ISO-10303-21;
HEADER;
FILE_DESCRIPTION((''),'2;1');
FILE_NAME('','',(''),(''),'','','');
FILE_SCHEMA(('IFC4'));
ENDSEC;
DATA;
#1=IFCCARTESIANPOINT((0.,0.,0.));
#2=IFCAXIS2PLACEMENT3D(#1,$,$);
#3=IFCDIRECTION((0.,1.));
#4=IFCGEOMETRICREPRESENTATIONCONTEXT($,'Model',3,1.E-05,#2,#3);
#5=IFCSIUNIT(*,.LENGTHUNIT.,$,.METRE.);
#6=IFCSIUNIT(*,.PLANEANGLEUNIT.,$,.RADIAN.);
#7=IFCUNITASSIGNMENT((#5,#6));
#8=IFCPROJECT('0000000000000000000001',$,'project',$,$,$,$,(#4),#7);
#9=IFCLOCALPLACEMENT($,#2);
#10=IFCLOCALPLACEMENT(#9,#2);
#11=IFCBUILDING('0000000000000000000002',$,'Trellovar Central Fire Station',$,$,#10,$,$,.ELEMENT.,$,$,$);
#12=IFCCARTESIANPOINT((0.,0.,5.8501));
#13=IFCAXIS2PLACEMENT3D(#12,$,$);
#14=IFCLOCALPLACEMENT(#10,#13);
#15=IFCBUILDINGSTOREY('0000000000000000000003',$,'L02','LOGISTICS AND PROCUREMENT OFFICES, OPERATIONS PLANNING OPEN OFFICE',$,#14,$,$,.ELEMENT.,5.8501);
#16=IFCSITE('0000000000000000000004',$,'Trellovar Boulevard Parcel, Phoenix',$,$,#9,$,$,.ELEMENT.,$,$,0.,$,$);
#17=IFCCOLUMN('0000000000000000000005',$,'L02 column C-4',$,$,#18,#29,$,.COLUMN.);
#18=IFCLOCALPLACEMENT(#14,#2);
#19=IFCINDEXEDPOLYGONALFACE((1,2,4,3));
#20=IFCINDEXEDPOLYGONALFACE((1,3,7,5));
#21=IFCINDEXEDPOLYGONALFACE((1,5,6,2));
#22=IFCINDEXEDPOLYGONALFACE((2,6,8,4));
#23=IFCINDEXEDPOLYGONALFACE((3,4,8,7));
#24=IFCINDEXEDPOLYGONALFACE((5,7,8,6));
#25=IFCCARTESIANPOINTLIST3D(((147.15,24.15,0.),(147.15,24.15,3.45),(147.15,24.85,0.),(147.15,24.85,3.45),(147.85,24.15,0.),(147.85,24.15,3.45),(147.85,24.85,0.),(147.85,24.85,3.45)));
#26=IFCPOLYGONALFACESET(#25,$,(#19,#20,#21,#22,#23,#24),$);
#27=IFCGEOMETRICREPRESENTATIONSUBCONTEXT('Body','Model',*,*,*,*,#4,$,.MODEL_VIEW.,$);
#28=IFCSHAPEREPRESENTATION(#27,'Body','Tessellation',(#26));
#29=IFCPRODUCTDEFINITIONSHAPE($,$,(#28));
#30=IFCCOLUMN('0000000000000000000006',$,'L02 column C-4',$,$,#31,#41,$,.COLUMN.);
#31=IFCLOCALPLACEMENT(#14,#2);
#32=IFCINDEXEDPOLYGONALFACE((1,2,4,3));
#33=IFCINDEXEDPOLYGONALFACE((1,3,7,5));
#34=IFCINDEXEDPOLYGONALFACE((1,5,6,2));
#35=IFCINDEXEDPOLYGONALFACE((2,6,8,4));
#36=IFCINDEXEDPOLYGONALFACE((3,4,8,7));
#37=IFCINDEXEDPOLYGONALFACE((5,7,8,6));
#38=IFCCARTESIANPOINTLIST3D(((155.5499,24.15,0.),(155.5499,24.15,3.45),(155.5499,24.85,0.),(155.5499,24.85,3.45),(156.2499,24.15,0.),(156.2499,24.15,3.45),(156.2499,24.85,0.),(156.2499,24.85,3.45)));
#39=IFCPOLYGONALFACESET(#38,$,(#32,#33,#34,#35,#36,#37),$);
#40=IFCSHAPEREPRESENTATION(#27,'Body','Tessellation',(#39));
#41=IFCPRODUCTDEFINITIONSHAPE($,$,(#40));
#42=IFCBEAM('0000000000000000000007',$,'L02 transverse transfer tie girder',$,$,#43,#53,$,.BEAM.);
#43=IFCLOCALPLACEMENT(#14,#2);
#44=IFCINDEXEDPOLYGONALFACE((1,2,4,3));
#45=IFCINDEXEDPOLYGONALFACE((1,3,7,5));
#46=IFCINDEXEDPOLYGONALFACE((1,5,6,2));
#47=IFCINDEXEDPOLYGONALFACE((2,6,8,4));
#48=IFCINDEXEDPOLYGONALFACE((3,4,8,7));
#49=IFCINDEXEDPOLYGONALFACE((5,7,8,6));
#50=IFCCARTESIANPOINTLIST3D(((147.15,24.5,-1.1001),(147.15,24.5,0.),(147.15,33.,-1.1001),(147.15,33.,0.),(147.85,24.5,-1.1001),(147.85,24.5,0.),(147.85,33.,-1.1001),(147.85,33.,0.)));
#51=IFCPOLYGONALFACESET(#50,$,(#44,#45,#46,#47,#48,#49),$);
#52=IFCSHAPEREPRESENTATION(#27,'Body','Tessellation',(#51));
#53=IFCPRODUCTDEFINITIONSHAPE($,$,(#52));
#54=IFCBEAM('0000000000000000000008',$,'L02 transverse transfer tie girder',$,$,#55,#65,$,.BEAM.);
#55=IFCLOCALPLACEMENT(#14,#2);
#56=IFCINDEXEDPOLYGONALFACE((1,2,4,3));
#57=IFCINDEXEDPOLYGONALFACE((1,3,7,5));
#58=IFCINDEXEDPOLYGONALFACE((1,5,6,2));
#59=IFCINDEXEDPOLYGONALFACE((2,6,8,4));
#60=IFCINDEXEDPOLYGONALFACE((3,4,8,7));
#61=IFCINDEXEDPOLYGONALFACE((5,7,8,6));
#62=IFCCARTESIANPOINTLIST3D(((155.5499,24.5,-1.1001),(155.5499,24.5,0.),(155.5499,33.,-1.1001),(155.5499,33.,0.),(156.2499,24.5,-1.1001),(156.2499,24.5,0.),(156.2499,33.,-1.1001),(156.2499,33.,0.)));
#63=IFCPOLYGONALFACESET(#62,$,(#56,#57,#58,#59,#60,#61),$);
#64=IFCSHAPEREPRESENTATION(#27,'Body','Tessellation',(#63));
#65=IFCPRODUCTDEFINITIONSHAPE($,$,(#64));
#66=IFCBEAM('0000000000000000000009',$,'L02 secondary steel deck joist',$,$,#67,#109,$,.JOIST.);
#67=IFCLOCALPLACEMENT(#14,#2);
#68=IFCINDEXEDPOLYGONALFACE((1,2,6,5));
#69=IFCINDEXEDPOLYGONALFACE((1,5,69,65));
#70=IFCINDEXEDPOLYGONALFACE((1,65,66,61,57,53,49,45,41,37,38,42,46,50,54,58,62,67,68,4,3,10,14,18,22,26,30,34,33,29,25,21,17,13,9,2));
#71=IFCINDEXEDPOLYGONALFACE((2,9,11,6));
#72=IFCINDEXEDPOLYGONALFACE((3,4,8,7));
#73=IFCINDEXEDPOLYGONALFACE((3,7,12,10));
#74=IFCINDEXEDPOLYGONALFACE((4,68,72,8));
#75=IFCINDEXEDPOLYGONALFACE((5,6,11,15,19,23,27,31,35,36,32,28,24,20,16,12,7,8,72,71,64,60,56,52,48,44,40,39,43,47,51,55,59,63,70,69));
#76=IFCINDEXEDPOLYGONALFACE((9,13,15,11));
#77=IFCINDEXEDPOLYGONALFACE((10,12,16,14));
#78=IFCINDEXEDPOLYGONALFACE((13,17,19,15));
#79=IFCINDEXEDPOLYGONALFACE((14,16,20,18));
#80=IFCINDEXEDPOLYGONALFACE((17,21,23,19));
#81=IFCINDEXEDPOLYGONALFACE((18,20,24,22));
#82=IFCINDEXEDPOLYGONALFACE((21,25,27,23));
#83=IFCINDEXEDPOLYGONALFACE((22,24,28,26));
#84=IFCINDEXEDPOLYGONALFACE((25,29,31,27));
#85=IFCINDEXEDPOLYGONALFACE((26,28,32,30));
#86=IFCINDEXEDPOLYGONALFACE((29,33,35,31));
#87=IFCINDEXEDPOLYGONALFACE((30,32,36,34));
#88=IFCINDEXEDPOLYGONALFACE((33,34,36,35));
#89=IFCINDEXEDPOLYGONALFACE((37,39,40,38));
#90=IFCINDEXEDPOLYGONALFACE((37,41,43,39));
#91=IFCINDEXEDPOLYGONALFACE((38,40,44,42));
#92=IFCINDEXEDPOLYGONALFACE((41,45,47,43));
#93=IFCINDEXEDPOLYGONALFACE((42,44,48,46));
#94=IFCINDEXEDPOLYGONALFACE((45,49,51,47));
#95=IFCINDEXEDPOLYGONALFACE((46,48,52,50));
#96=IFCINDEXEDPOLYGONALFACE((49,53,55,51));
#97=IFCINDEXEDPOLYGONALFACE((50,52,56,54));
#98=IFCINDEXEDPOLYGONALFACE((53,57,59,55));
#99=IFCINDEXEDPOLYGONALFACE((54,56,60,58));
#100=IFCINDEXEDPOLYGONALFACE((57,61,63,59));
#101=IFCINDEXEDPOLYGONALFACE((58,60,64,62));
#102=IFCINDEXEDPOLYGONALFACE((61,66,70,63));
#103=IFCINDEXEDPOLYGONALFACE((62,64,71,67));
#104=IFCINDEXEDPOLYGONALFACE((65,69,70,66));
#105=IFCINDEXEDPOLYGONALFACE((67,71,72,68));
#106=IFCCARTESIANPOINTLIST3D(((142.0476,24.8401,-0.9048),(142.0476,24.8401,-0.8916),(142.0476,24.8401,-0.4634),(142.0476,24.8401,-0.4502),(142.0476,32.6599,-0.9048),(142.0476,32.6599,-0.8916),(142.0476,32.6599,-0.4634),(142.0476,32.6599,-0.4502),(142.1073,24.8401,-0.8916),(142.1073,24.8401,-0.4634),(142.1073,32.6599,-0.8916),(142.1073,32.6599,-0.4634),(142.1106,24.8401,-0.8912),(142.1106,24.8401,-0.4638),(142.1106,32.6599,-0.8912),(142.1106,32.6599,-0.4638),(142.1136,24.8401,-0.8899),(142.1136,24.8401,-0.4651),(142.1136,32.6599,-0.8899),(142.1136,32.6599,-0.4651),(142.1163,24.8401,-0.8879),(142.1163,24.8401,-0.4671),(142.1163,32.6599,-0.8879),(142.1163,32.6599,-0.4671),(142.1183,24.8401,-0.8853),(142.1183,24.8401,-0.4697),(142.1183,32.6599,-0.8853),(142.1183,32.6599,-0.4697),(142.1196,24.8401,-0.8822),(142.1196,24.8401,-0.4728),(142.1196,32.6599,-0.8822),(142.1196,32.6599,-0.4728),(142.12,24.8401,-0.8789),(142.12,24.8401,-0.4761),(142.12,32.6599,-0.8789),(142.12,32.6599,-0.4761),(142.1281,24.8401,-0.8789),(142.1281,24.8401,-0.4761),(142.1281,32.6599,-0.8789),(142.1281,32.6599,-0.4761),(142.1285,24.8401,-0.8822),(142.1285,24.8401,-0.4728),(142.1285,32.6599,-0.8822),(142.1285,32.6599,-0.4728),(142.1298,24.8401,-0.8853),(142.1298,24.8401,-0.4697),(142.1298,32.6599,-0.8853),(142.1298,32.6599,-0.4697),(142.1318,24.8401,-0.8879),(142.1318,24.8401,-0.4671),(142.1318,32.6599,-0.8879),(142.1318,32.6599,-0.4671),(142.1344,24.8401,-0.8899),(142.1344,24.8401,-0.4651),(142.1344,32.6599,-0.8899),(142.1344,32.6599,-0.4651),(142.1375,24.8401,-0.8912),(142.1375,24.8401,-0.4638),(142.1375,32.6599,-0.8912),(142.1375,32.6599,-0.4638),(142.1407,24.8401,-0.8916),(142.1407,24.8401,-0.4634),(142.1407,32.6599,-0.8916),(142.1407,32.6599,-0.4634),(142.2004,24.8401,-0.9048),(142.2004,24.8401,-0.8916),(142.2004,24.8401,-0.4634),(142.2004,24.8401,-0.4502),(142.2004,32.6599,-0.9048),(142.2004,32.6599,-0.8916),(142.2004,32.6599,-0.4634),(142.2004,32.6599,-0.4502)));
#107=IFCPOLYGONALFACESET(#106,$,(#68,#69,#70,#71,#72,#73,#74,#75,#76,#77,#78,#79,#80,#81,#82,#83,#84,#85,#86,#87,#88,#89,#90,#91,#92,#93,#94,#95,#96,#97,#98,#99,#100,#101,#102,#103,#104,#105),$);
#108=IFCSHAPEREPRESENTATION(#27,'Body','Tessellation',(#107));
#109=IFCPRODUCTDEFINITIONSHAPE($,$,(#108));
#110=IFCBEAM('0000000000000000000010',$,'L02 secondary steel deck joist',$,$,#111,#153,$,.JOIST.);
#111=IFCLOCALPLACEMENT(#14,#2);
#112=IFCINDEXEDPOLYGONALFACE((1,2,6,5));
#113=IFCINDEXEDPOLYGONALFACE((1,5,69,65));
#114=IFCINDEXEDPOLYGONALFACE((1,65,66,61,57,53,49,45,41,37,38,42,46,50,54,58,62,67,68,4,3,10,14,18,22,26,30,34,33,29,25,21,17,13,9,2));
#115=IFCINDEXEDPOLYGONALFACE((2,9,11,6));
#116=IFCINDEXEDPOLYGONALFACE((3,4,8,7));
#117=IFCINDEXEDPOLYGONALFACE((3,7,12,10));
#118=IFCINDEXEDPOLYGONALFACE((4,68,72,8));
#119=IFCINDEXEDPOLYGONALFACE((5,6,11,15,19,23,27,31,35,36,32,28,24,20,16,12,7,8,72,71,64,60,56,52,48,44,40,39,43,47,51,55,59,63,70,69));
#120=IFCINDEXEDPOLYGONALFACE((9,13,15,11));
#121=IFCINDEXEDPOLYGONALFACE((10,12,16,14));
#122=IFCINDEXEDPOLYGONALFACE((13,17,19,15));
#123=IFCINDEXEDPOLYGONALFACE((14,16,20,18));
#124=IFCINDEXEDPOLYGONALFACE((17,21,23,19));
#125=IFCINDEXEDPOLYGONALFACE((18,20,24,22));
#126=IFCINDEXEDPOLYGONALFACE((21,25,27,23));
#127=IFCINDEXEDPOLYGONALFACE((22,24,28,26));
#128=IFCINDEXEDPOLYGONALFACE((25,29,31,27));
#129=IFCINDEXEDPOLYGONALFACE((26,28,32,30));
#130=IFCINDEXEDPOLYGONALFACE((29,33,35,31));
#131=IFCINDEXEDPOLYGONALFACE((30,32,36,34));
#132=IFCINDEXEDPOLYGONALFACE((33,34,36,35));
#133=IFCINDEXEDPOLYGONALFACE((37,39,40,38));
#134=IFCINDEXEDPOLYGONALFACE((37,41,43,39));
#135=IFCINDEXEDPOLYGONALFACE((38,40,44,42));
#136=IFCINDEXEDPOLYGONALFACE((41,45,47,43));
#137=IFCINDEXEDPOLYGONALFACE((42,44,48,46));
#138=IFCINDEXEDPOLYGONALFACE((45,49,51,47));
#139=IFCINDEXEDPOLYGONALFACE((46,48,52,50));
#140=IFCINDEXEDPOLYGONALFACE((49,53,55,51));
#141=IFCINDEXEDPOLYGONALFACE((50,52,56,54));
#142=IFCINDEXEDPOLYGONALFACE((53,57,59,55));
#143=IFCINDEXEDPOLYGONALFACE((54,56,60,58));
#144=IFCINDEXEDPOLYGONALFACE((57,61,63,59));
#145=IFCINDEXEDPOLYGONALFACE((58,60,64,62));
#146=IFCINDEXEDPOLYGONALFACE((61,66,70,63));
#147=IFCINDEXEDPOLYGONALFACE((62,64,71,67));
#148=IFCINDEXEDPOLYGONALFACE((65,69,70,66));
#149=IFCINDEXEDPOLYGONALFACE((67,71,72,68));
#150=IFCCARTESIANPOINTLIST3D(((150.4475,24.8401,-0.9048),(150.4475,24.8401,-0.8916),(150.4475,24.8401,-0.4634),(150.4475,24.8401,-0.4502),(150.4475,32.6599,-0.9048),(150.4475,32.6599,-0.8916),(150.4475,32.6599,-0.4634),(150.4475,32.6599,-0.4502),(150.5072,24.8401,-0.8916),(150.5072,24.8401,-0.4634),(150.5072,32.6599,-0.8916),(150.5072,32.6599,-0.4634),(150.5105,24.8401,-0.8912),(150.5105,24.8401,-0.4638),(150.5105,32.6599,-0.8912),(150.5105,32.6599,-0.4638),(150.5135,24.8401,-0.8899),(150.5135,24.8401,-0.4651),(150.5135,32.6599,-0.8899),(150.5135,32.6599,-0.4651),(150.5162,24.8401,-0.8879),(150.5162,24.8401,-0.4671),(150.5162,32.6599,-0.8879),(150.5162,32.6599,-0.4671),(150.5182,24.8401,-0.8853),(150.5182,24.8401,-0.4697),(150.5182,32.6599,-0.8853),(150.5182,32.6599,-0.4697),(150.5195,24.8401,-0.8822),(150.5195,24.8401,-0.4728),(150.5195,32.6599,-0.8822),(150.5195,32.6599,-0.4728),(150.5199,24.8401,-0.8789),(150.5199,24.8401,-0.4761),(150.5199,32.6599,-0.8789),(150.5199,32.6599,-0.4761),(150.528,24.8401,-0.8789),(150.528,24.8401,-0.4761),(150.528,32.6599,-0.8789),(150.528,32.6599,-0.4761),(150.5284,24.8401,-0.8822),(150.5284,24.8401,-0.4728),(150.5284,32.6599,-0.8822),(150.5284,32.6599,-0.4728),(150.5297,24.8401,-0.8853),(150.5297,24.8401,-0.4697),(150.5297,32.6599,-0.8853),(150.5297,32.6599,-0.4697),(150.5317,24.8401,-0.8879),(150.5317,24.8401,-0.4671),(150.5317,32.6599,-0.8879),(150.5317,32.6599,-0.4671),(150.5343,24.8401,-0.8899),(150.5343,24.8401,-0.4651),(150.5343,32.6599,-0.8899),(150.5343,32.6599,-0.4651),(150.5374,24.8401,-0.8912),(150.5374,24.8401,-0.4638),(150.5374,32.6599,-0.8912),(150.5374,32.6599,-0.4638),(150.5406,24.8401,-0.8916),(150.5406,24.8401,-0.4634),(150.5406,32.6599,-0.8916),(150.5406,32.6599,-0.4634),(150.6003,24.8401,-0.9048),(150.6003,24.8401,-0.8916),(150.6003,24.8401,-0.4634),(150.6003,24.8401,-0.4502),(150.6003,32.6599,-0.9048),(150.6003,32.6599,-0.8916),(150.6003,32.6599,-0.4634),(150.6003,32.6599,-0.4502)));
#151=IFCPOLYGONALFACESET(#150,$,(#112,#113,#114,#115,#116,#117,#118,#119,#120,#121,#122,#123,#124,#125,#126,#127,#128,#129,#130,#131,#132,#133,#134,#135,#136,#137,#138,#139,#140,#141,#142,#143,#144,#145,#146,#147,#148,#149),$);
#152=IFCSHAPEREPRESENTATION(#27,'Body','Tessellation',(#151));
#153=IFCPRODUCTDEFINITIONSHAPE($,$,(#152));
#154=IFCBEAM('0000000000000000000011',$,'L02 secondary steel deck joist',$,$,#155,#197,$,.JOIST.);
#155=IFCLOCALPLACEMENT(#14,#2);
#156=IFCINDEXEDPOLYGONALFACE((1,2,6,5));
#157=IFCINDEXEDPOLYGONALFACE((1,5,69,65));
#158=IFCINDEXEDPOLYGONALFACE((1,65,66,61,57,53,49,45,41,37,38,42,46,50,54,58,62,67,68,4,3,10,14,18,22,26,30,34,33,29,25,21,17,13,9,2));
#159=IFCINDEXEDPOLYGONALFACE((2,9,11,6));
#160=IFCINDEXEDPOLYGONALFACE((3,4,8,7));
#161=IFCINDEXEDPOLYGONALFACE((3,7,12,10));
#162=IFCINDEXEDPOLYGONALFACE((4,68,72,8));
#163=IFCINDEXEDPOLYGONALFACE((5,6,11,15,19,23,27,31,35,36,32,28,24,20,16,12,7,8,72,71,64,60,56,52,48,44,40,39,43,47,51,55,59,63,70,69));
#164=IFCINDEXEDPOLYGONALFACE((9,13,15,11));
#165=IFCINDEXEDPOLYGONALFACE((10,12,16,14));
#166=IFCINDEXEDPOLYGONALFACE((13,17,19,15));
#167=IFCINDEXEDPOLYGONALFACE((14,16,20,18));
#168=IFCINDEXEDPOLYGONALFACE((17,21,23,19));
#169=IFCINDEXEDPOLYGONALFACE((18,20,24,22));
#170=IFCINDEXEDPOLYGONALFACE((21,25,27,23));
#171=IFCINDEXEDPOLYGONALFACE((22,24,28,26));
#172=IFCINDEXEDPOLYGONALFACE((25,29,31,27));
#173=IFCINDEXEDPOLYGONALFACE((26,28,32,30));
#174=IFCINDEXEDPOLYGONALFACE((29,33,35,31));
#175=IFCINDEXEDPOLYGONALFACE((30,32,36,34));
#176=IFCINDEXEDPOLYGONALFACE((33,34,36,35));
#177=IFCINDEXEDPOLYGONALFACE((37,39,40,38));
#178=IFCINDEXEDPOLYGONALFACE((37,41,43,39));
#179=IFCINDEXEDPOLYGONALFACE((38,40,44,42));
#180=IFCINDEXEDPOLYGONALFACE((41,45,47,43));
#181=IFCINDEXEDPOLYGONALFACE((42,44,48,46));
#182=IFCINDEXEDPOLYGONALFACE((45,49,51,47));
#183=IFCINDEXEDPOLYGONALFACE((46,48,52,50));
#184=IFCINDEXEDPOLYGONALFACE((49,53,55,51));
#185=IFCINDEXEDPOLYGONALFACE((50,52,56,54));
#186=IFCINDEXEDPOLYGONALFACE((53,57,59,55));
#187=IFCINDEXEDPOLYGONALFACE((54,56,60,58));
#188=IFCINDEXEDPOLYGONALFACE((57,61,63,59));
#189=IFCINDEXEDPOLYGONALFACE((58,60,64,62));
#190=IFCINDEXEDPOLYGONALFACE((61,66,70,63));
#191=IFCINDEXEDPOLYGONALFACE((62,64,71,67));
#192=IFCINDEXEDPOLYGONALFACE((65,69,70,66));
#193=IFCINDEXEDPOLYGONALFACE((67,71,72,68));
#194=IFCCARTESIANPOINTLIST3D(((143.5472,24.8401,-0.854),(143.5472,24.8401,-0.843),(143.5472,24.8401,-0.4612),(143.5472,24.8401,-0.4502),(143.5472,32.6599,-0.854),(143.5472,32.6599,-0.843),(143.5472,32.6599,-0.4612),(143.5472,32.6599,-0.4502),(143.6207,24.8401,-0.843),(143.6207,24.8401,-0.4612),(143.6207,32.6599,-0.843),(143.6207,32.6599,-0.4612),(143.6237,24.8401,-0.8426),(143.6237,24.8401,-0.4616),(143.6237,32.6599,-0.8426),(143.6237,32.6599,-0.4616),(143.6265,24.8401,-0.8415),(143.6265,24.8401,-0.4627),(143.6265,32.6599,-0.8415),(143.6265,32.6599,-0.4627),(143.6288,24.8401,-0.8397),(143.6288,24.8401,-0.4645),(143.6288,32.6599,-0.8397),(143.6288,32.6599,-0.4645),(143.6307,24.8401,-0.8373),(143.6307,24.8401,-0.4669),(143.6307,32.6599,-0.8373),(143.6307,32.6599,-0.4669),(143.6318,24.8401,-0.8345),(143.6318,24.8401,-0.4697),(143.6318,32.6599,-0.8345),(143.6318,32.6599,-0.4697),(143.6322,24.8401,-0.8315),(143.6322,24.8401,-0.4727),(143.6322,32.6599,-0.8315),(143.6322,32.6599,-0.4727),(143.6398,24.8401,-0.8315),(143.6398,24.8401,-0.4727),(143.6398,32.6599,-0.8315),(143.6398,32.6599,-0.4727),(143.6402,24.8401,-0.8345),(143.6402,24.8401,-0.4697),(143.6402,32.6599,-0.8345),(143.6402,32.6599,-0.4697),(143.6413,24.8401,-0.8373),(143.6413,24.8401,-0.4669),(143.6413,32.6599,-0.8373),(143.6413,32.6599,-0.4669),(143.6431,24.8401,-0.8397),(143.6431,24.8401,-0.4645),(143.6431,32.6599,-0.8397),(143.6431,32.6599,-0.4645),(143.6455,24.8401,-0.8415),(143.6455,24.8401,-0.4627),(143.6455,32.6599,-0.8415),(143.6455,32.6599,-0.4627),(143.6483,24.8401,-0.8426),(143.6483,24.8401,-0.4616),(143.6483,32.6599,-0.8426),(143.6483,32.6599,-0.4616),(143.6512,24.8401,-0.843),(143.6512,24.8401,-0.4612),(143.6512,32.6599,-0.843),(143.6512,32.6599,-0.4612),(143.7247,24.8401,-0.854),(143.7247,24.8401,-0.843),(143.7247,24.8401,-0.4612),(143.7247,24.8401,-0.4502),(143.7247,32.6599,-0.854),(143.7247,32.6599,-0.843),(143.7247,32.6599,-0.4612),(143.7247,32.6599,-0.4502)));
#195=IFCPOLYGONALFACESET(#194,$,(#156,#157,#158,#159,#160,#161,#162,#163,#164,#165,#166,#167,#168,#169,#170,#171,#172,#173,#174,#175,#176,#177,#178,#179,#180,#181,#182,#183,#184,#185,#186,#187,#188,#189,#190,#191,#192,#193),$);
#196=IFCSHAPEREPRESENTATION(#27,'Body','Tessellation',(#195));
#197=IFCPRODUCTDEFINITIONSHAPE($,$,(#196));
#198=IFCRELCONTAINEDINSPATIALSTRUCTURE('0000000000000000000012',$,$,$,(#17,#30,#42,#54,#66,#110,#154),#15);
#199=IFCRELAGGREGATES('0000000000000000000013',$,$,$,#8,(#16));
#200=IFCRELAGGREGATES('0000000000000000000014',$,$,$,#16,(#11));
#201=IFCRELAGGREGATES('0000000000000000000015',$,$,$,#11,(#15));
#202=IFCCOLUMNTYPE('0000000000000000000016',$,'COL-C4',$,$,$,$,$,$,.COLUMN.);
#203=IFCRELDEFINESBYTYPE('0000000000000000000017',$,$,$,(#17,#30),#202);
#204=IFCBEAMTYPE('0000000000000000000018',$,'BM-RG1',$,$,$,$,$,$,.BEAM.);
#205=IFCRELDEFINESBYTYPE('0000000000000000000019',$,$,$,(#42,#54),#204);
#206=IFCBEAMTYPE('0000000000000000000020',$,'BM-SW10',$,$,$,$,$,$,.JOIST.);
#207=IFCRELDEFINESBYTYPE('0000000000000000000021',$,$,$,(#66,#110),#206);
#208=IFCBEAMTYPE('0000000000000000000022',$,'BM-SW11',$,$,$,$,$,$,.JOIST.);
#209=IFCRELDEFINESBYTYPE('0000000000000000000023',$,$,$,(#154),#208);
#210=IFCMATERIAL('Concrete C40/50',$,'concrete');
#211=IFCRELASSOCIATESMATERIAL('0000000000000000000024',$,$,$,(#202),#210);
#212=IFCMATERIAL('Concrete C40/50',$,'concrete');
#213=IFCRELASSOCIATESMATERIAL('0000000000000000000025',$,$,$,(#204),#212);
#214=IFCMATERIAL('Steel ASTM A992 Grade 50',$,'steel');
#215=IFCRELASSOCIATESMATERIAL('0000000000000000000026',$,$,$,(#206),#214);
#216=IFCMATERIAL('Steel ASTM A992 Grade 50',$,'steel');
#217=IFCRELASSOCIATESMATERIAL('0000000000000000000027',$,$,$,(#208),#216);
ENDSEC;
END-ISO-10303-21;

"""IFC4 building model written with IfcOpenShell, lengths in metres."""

from ifc_helpers import new_model, si_unit, direction, frame, origin, origin_2d, place, context, subcontext, project, spatial, rectangle, i_section, extrude, material, material_profile, profile_set, type_object, element, save


model = new_model("IFC4")

# Units and contexts
model_context = context("Model", 3, precision=1e-05, world=origin(), true_north=direction((0.0, 1.0)))
body_context = subcontext(model_context, "Body", "Model", "MODEL_VIEW")
ifc_project = project(units=[si_unit("LENGTHUNIT", "METRE"), si_unit("PLANEANGLEUNIT", "RADIAN")], contexts=[model_context])

# Site, building, storey
site_placement = place(None, origin())
site = spatial("IfcSite", under=ifc_project, at=site_placement, Name="Trellovar Boulevard Parcel, Phoenix", CompositionType="ELEMENT", RefElevation=0.0)
building_placement = place(site_placement, origin())
building = spatial("IfcBuilding", under=site, at=building_placement, Name="Trellovar Central Fire Station", CompositionType="ELEMENT")
storey_placement = place(building_placement, frame((0.0, 0.0, 5.8501)))
storey = spatial("IfcBuildingStorey", under=building, at=storey_placement, Name="L02", Description="LOGISTICS AND PROCUREMENT OFFICES, OPERATIONS PLANNING OPEN OFFICE", CompositionType="ELEMENT", Elevation=5.8501)

# Columns
ifc_material_1 = material(Name="Concrete C40/50", Category="concrete")
ifc_material_profile_1 = material_profile(ifc_material_1, rectangle(XDim=0.7, YDim=0.7, at=origin_2d()), Name="RC700X700")
ifc_profile_set_1 = profile_set([ifc_material_profile_1], Name="Concrete C40/50")
column_type = type_object("IfcColumnType", Name="COL-C4", PredefinedType="COLUMN", material=ifc_profile_set_1)
for number, where, z_axis, x_axis, name in (
    (1, (147.5, 24.5, 0.0), (0.0, 0.0, 1.0), (1.0, 0.0, 0.0), "L02 column C-4"),
    (2, (155.8999, 24.5, 0.0), (0.0, 0.0, 1.0), (1.0, 0.0, 0.0), "L02 column C-4"),
):
    element("IfcColumn", number, at=place(storey_placement, frame(where, z_axis=z_axis, x_axis=x_axis)), inside=storey, type_object=column_type, Name=name, PredefinedType="COLUMN", context=body_context, shape_type="SweptSolid", body=[
        extrude(rectangle(XDim=0.7, YDim=0.7, at=origin_2d()), origin(), (0.0, 0.0, 1.0), 3.45),
    ])

# Beams
ifc_material_2 = material(Name="Concrete C40/50", Category="concrete")
ifc_material_profile_2 = material_profile(ifc_material_2, rectangle(XDim=0.7, YDim=1.1001, at=origin_2d()), Name="RC700X1100")
ifc_profile_set_2 = profile_set([ifc_material_profile_2], Name="Concrete C40/50")
beam_type_1 = type_object("IfcBeamType", Name="BM-RG1", PredefinedType="BEAM", material=ifc_profile_set_2)
for number, where, z_axis, x_axis, name in (
    (3, (147.5, 24.5, -0.55), (0.0, 1.0, 0.0), (-1.0, 0.0, 0.0), "L02 transverse transfer tie girder"),
    (4, (155.8999, 24.5, -0.55), (0.0, 1.0, 0.0), (-1.0, 0.0, 0.0), "L02 transverse transfer tie girder"),
):
    element("IfcBeam", number, at=place(storey_placement, frame(where, z_axis=z_axis, x_axis=x_axis)), inside=storey, type_object=beam_type_1, Name=name, PredefinedType="BEAM", context=body_context, shape_type="SweptSolid", body=[
        extrude(rectangle(XDim=0.7, YDim=1.1001, at=origin_2d()), origin(), (0.0, 0.0, 1.0), 8.5),
    ])
ifc_material_3 = material(Name="Steel ASTM A992 Grade 50", Category="steel")
ifc_material_profile_3 = material_profile(ifc_material_3, i_section(OverallWidth=0.1528, OverallDepth=0.4546, WebThickness=0.0081, FlangeThickness=0.0132, FilletRadius=0.0127, at=origin_2d()), Name="W18X40")
ifc_profile_set_3 = profile_set([ifc_material_profile_3], Name="Steel ASTM A992 Grade 50")
beam_type_2 = type_object("IfcBeamType", Name="BM-SW10", PredefinedType="JOIST", material=ifc_profile_set_3)
for number, where, z_axis, x_axis, name in (
    (5, (142.124, 24.8401, -0.6775), (0.0, 1.0, 0.0), (-1.0, 0.0, 0.0), "L02 secondary steel deck joist"),
    (6, (150.5239, 24.8401, -0.6775), (0.0, 1.0, 0.0), (-1.0, 0.0, 0.0), "L02 secondary steel deck joist"),
):
    element("IfcBeam", number, at=place(storey_placement, frame(where, z_axis=z_axis, x_axis=x_axis)), inside=storey, type_object=beam_type_2, Name=name, PredefinedType="JOIST", context=body_context, shape_type="SweptSolid", body=[
        extrude(i_section(OverallWidth=0.1528, OverallDepth=0.4546, WebThickness=0.0081, FlangeThickness=0.0132, FilletRadius=0.0127, at=origin_2d()), origin(), (0.0, 0.0, 1.0), 7.8198),
    ])
ifc_material_4 = material(Name="Steel ASTM A992 Grade 50", Category="steel")
ifc_material_profile_4 = material_profile(ifc_material_4, i_section(OverallWidth=0.1775, OverallDepth=0.4038, WebThickness=0.0076, FlangeThickness=0.011, FilletRadius=0.0115, at=origin_2d()), Name="W16X36")
ifc_profile_set_4 = profile_set([ifc_material_profile_4], Name="Steel ASTM A992 Grade 50")
beam_type_3 = type_object("IfcBeamType", Name="BM-SW11", PredefinedType="JOIST", material=ifc_profile_set_4)
for number, where, z_axis, x_axis, name in (
    (7, (143.636, 24.8401, -0.6521), (0.0, 1.0, 0.0), (-1.0, 0.0, 0.0), "L02 secondary steel deck joist"),
):
    element("IfcBeam", number, at=place(storey_placement, frame(where, z_axis=z_axis, x_axis=x_axis)), inside=storey, type_object=beam_type_3, Name=name, PredefinedType="JOIST", context=body_context, shape_type="SweptSolid", body=[
        extrude(i_section(OverallWidth=0.1775, OverallDepth=0.4038, WebThickness=0.0076, FlangeThickness=0.011, FilletRadius=0.0115, at=origin_2d()), origin(), (0.0, 0.0, 1.0), 7.8198),
    ])

save(model, "model.ifc")
